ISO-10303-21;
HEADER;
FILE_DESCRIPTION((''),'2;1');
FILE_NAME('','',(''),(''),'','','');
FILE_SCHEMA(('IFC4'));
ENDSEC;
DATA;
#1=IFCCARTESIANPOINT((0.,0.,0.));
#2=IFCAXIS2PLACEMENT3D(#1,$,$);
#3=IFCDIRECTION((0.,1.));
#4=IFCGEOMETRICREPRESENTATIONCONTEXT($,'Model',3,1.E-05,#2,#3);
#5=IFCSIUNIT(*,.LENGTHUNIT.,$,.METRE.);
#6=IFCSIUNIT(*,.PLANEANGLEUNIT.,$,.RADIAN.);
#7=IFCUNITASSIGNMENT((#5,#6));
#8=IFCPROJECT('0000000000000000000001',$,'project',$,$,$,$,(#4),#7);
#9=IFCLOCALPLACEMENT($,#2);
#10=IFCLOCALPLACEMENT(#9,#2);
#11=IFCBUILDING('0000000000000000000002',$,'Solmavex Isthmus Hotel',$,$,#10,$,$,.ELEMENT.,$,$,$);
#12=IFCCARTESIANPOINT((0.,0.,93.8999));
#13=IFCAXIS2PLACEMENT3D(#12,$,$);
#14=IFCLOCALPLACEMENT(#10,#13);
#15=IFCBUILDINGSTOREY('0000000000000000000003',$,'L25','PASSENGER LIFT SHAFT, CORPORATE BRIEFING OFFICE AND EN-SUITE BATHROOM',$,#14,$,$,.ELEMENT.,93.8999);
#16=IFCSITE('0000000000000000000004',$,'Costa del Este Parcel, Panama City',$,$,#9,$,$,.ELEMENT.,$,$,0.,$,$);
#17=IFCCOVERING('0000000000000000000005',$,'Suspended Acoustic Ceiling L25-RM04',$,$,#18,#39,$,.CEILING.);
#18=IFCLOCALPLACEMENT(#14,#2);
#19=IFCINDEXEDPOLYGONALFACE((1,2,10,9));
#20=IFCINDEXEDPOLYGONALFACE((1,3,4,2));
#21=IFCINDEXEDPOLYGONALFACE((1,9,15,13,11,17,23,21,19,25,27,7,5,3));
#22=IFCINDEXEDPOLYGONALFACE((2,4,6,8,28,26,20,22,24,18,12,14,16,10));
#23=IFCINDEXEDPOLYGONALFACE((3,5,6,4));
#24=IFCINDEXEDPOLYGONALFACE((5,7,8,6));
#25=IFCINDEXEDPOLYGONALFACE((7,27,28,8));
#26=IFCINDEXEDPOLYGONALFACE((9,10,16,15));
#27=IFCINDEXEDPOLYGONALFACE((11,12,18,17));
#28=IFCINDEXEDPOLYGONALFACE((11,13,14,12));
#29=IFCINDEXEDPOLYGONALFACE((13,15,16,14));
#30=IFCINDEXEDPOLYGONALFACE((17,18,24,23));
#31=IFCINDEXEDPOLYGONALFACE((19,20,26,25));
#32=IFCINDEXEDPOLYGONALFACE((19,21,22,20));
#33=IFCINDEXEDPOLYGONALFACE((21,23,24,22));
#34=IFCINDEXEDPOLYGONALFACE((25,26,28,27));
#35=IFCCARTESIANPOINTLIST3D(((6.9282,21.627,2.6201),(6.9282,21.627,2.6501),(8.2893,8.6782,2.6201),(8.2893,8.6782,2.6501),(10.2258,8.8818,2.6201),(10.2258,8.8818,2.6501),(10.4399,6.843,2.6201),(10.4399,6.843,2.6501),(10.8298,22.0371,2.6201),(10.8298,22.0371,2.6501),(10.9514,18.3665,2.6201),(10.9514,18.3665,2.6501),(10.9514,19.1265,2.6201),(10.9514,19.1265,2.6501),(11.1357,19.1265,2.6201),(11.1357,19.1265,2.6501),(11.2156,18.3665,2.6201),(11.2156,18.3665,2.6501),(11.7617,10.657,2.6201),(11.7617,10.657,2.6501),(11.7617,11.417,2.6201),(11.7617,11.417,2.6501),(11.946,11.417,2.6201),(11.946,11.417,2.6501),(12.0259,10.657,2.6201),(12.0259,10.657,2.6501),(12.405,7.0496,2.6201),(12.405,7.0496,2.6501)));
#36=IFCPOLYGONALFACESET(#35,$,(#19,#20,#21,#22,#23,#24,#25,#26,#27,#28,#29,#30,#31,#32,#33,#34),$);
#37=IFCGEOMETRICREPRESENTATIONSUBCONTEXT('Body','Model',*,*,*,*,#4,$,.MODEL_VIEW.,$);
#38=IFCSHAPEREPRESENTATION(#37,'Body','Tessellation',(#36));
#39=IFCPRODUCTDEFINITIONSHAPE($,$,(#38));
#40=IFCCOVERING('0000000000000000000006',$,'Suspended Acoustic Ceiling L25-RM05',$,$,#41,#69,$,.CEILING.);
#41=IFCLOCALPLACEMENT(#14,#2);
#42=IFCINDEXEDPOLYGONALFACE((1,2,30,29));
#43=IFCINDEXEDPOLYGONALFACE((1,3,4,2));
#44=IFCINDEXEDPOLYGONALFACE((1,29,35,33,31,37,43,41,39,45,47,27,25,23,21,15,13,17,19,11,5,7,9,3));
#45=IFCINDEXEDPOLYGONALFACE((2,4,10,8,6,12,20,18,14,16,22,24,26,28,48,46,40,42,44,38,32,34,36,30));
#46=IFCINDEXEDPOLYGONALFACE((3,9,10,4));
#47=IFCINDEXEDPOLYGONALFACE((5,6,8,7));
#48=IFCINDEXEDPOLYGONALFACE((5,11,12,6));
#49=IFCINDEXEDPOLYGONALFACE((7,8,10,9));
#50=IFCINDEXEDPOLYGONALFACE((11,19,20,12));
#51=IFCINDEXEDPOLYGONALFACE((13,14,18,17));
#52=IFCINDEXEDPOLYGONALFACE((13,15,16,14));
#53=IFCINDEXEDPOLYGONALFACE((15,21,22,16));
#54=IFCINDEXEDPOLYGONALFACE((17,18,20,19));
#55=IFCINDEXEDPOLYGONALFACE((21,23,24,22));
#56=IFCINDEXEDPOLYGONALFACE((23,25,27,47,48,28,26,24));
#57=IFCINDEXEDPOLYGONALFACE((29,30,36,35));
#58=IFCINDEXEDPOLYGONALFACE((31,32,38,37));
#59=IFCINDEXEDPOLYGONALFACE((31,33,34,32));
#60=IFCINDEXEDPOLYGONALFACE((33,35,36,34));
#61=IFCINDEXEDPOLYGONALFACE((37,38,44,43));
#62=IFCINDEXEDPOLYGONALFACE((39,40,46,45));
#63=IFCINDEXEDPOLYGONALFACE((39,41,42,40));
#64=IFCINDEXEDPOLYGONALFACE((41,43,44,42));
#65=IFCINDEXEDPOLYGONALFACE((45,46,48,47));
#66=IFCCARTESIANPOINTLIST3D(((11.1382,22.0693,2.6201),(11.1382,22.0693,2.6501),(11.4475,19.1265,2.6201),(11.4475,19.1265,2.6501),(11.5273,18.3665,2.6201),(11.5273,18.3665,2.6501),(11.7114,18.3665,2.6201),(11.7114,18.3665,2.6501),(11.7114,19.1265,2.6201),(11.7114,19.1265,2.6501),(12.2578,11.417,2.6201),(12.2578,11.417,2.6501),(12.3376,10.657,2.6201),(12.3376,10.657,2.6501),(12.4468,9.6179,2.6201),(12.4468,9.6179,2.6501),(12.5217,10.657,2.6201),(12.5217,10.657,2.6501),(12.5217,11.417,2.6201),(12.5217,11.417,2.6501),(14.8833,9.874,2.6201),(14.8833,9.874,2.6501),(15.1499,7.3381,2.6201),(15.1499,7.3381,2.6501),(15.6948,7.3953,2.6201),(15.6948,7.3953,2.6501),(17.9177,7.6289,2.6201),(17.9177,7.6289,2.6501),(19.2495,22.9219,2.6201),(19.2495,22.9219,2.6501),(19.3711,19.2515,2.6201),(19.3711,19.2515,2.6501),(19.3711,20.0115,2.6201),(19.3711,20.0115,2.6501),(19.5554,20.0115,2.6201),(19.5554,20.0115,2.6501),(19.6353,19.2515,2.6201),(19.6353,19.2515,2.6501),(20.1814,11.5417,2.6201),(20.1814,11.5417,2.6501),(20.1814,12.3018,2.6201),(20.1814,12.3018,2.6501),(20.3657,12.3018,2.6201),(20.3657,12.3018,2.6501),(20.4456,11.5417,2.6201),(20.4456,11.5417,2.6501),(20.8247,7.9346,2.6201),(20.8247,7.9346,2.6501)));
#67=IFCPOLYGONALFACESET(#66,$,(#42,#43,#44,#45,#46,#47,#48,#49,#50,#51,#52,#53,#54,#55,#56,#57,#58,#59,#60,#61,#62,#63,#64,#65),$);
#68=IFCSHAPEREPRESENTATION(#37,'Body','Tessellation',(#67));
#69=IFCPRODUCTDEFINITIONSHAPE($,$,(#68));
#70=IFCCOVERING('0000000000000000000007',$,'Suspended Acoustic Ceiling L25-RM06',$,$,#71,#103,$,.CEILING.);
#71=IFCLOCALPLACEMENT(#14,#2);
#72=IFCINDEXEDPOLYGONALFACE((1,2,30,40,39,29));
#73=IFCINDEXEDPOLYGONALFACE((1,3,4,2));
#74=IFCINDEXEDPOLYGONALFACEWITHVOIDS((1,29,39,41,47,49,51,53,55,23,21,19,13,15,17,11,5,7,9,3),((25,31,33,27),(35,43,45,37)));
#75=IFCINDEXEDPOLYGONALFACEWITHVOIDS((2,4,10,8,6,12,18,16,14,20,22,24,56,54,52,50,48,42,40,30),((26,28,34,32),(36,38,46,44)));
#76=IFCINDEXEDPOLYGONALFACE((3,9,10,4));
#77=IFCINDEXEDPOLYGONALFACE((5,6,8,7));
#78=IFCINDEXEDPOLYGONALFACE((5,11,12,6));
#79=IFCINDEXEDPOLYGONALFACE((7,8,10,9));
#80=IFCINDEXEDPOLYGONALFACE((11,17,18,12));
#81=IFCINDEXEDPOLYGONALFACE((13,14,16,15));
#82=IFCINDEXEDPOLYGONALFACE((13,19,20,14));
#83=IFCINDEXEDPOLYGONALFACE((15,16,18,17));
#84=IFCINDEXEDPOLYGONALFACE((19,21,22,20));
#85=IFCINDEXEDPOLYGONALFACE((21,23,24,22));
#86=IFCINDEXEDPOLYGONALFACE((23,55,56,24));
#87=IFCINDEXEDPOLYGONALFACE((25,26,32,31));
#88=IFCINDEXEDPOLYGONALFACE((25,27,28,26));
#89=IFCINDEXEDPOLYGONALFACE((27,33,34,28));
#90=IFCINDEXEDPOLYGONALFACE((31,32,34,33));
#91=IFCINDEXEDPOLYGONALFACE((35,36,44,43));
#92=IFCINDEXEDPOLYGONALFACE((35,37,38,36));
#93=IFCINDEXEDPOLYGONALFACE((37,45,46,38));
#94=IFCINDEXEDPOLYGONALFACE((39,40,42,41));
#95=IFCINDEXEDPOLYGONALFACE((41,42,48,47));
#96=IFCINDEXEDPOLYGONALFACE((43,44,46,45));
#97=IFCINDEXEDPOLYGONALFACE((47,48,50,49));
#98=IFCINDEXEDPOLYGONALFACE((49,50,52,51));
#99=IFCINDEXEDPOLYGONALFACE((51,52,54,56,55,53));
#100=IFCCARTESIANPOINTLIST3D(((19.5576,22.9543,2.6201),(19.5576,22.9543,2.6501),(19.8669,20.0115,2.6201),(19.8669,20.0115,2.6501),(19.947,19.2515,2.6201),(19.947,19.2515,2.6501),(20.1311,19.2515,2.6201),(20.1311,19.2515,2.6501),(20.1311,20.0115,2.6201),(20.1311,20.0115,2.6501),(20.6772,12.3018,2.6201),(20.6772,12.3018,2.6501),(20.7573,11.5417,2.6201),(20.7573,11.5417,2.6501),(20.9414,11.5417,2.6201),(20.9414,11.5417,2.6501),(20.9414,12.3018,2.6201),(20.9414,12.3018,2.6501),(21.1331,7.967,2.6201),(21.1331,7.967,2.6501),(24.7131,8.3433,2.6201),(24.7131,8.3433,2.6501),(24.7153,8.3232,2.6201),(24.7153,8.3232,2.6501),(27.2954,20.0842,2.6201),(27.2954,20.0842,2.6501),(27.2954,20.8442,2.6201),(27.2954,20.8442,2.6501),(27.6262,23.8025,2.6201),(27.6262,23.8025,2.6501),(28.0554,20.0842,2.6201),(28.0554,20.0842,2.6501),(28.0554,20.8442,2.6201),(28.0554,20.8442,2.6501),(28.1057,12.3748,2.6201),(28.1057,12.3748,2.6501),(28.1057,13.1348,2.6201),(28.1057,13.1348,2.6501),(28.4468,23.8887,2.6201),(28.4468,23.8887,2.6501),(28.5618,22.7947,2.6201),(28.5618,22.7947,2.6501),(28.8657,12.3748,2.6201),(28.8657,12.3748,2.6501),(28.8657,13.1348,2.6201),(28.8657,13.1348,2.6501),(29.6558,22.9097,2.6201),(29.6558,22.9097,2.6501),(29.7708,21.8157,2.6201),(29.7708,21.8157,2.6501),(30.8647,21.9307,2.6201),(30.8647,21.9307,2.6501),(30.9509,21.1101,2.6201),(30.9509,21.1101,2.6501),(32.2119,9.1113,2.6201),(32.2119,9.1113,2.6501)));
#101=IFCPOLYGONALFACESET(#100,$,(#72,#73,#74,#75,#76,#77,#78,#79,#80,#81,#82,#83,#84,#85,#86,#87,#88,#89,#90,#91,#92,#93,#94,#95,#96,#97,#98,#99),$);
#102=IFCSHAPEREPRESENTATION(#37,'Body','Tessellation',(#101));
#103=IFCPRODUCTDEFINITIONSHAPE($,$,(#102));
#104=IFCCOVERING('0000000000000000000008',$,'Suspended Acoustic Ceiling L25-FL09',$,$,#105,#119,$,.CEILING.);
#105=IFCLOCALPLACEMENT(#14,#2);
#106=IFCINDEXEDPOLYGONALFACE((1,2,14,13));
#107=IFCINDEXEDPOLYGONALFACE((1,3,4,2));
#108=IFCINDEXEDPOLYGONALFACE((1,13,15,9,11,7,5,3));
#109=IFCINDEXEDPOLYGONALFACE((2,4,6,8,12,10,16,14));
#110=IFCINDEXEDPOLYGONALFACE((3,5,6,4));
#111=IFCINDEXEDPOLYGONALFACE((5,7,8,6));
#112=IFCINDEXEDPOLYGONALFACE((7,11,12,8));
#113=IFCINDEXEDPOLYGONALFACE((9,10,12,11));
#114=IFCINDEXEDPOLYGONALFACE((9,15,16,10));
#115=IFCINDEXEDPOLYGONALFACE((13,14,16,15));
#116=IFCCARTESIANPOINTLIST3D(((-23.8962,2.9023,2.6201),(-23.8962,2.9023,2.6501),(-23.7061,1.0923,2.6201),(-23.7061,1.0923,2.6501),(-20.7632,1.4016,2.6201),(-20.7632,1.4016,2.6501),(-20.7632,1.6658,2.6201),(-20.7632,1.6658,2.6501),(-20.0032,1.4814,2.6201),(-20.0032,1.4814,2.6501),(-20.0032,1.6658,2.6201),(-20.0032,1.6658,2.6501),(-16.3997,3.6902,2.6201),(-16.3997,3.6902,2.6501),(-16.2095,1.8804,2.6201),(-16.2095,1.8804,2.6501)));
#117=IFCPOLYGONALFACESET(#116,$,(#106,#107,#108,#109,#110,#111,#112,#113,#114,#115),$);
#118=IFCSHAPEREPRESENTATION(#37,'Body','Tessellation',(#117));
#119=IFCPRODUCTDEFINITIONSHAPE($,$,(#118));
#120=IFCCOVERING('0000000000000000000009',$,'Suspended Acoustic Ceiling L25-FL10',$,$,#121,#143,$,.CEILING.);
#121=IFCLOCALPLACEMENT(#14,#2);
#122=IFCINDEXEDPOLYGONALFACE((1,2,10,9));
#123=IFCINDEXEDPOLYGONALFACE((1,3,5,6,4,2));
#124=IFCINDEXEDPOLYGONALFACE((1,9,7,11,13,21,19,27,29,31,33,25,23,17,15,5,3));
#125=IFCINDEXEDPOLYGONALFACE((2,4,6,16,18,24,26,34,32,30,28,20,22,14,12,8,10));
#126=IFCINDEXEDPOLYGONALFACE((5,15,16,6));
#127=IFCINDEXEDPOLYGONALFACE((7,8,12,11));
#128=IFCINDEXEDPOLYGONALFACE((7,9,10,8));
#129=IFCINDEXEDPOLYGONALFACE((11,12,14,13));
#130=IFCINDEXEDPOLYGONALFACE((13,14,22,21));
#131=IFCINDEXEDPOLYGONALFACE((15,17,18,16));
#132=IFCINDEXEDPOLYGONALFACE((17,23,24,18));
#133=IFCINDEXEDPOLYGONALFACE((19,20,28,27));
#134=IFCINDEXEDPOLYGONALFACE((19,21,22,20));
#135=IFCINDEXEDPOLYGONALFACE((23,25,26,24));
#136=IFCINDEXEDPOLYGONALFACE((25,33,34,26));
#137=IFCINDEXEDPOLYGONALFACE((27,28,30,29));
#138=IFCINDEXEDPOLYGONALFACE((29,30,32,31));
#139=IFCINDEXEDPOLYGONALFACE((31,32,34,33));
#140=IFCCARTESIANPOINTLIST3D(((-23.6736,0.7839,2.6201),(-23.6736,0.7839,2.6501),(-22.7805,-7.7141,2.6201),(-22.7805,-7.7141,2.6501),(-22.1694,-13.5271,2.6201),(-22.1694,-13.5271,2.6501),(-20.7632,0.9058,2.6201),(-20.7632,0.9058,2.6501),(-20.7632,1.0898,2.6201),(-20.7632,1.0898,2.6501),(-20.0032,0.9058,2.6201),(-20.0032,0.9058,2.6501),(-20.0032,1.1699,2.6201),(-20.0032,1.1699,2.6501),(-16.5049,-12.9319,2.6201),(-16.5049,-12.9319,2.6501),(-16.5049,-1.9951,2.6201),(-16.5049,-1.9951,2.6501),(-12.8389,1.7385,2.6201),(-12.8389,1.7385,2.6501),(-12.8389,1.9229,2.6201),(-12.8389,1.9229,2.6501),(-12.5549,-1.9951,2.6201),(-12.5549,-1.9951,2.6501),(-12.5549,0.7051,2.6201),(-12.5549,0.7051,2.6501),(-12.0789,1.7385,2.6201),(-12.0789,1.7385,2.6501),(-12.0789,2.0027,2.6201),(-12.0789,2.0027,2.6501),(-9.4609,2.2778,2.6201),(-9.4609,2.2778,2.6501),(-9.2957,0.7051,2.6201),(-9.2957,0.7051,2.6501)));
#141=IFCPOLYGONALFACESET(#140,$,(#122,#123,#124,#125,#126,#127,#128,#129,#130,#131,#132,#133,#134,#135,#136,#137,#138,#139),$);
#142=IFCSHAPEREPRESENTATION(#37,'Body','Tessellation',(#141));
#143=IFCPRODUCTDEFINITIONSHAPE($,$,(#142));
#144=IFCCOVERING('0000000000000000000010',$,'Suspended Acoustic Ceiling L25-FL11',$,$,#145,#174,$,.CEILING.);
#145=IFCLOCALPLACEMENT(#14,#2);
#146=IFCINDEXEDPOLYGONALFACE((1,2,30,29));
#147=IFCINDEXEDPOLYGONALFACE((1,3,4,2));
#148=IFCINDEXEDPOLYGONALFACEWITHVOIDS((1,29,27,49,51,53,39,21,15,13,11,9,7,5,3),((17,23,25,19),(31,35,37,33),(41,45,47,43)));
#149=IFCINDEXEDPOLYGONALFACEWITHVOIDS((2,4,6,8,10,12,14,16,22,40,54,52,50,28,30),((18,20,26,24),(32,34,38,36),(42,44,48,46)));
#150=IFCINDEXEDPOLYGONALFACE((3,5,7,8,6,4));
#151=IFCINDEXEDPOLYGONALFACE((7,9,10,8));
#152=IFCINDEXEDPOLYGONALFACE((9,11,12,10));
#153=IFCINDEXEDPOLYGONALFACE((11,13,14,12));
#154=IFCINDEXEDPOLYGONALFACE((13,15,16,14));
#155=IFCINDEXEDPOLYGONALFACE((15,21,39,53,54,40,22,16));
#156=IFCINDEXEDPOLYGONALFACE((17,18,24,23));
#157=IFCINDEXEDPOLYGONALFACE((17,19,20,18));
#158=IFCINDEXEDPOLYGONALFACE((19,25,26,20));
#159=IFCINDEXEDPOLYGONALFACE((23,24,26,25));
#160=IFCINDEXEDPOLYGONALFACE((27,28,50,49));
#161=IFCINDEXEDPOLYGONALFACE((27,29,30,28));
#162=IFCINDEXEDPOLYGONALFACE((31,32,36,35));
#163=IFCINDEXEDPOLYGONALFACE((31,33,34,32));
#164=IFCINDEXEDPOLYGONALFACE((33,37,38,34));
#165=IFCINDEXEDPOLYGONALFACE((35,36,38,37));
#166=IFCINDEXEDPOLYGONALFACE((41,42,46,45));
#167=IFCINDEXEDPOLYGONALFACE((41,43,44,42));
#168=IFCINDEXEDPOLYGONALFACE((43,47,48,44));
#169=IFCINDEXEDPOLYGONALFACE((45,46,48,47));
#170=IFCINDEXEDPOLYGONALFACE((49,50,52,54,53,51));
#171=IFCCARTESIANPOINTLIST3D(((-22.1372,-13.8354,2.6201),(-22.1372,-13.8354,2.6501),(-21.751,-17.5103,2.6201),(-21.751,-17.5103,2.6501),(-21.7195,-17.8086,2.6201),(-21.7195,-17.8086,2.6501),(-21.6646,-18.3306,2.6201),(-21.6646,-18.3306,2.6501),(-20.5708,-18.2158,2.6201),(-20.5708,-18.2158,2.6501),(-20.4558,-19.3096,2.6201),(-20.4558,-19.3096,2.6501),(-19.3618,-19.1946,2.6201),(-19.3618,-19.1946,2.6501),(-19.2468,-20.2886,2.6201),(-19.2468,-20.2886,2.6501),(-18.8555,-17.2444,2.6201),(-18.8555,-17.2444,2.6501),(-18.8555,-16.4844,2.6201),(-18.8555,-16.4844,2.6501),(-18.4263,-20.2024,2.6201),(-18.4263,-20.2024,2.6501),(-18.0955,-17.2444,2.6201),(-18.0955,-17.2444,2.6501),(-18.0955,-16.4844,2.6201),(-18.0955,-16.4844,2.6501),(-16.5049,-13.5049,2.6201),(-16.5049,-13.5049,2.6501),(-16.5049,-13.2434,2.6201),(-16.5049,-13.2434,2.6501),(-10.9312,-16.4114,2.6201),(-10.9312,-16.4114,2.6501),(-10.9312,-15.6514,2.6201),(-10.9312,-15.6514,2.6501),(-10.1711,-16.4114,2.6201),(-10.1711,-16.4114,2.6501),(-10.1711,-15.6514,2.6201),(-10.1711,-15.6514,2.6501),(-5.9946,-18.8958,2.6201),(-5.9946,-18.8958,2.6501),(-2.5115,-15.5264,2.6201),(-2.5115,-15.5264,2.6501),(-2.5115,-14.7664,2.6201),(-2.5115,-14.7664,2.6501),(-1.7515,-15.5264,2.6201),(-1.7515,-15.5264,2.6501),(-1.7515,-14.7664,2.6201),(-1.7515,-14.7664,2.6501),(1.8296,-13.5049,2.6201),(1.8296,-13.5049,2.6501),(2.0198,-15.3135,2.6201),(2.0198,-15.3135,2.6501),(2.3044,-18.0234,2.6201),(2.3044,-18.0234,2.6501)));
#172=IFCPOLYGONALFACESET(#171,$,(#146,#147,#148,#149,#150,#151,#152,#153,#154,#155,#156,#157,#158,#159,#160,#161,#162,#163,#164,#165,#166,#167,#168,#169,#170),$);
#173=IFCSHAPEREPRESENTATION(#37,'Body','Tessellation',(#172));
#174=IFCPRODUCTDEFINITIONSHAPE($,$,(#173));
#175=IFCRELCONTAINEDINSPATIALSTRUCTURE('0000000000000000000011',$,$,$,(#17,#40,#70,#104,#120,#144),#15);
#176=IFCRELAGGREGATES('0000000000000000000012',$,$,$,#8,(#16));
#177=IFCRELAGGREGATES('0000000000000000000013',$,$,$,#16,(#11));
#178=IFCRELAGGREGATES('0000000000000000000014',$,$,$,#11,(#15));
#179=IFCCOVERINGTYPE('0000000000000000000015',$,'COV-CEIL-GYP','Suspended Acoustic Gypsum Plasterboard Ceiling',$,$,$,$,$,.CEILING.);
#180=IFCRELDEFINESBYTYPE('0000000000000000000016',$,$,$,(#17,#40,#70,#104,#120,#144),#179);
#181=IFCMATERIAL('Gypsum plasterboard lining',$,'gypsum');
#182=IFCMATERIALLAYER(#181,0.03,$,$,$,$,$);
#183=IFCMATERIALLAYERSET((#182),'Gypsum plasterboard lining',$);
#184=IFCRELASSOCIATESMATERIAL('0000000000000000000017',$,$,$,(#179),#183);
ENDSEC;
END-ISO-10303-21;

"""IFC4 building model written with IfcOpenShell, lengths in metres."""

from ifc_helpers import new_model, si_unit, direction, frame, origin, place, context, subcontext, project, spatial, polyline, outline, extrude, material, layer, layer_set, type_object, element, save


model = new_model("IFC4")

# Units and contexts
model_context = context("Model", 3, precision=1e-05, world=origin(), true_north=direction((0.0, 1.0)))
body_context = subcontext(model_context, "Body", "Model", "MODEL_VIEW")
ifc_project = project(units=[si_unit("LENGTHUNIT", "METRE"), si_unit("PLANEANGLEUNIT", "RADIAN")], contexts=[model_context])

# Site, building, storey
site_placement = place(None, origin())
site = spatial("IfcSite", under=ifc_project, at=site_placement, Name="Costa del Este Parcel, Panama City", CompositionType="ELEMENT", RefElevation=0.0)
building_placement = place(site_placement, origin())
building = spatial("IfcBuilding", under=site, at=building_placement, Name="Solmavex Isthmus Hotel", CompositionType="ELEMENT")
storey_placement = place(building_placement, frame((0.0, 0.0, 93.8999)))
storey = spatial("IfcBuildingStorey", under=building, at=storey_placement, Name="L25", Description="PASSENGER LIFT SHAFT, CORPORATE BRIEFING OFFICE AND EN-SUITE BATHROOM", CompositionType="ELEMENT", Elevation=93.8999)

# Coverings
ifc_material_1 = material(Name="Gypsum plasterboard lining", Category="gypsum")
ifc_layer_1 = layer(ifc_material_1, 0.03)
ifc_layer_set_1 = layer_set([ifc_layer_1], Name="Gypsum plasterboard lining")
covering_type_1 = type_object("IfcCoveringType", Name="COV-CEIL-GYP", Description="Suspended Acoustic Gypsum Plasterboard Ceiling", PredefinedType="CEILING", material=ifc_layer_set_1)
covering_1_placement = place(storey_placement, frame((0.0, 0.0, 2.6201)))
element("IfcCovering", 1, at=covering_1_placement, inside=storey, type_object=covering_type_1, Name="Suspended Acoustic Ceiling L25-RM04", PredefinedType="CEILING", context=body_context, shape_type="SweptSolid", body=[
    extrude(outline(polyline([(11.2156, 18.3665), (10.9514, 18.3665), (10.9514, 19.1265), (11.1357, 19.1265), (10.8298, 22.0371), (6.9282, 21.627), (8.2893, 8.6782), (10.2258, 8.8818), (10.4399, 6.843), (12.405, 7.0496), (12.0259, 10.657), (11.7617, 10.657), (11.7617, 11.417), (11.946, 11.417), (11.2156, 18.3665)])), origin(), (0.0, 0.0, 1.0), 0.03),
])
covering_2_placement = place(storey_placement, frame((0.0, 0.0, 2.6201)))
element("IfcCovering", 2, at=covering_2_placement, inside=storey, type_object=covering_type_1, Name="Suspended Acoustic Ceiling L25-RM05", PredefinedType="CEILING", context=body_context, shape_type="SweptSolid", body=[
    extrude(outline(polyline([(12.2578, 11.417), (12.5217, 11.417), (12.5217, 10.657), (12.3376, 10.657), (12.4468, 9.6179), (14.8833, 9.874), (15.1499, 7.3381), (15.6948, 7.3953), (17.9177, 7.6289), (20.8247, 7.9346), (20.4456, 11.5417), (20.1814, 11.5417), (20.1814, 12.3018), (20.3657, 12.3018), (19.6353, 19.2515), (19.3711, 19.2515), (19.3711, 20.0115), (19.5554, 20.0115), (19.2495, 22.9219), (11.1382, 22.0693), (11.4475, 19.1265), (11.7114, 19.1265), (11.7114, 18.3665), (11.5273, 18.3665), (12.2578, 11.417)])), origin(), (0.0, 0.0, 1.0), 0.03),
])
covering_3_placement = place(storey_placement, frame((0.0, 0.0, 2.6201)))
element("IfcCovering", 3, at=covering_3_placement, inside=storey, type_object=covering_type_1, Name="Suspended Acoustic Ceiling L25-RM06", PredefinedType="CEILING", context=body_context, shape_type="SweptSolid", body=[
    extrude(outline(polyline([(20.6772, 12.3018), (20.9414, 12.3018), (20.9414, 11.5417), (20.7573, 11.5417), (21.1331, 7.967), (24.7131, 8.3433), (24.7153, 8.3232), (32.2119, 9.1113), (30.9509, 21.1101), (30.8647, 21.9307), (29.7708, 21.8157), (29.6558, 22.9097), (28.5618, 22.7947), (28.4468, 23.8887), (27.6262, 23.8025), (19.5576, 22.9543), (19.8669, 20.0115), (20.1311, 20.0115), (20.1311, 19.2515), (19.947, 19.2515), (20.6772, 12.3018)]), holes=[polyline([(28.1057, 12.3748), (28.1057, 13.1348), (28.8657, 13.1348), (28.8657, 12.3748), (28.1057, 12.3748)]), polyline([(27.2954, 20.8442), (28.0554, 20.8442), (28.0554, 20.0842), (27.2954, 20.0842), (27.2954, 20.8442)])]), origin(), (0.0, 0.0, 1.0), 0.03),
])
covering_4_placement = place(storey_placement, frame((0.0, 0.0, 2.6201)))
element("IfcCovering", 4, at=covering_4_placement, inside=storey, type_object=covering_type_1, Name="Suspended Acoustic Ceiling L25-FL09", PredefinedType="CEILING", context=body_context, shape_type="SweptSolid", body=[
    extrude(outline(polyline([(-16.2095, 1.8804), (-16.3997, 3.6902), (-23.8962, 2.9023), (-23.7061, 1.0923), (-20.7632, 1.4016), (-20.7632, 1.6658), (-20.0032, 1.6658), (-20.0032, 1.4814), (-16.2095, 1.8804)])), origin(), (0.0, 0.0, 1.0), 0.03),
])
covering_5_placement = place(storey_placement, frame((0.0, 0.0, 2.6201)))
element("IfcCovering", 5, at=covering_5_placement, inside=storey, type_object=covering_type_1, Name="Suspended Acoustic Ceiling L25-FL10", PredefinedType="CEILING", context=body_context, shape_type="SweptSolid", body=[
    extrude(outline(polyline([(-20.0032, 1.1699), (-20.0032, 0.9058), (-20.7632, 0.9058), (-20.7632, 1.0898), (-23.6736, 0.7839), (-22.7805, -7.7141), (-22.1694, -13.5271), (-16.5049, -12.9319), (-16.5049, -1.9951), (-12.5549, -1.9951), (-12.5549, 0.7051), (-9.2957, 0.7051), (-9.4609, 2.2778), (-12.0789, 2.0027), (-12.0789, 1.7385), (-12.8389, 1.7385), (-12.8389, 1.9229), (-20.0032, 1.1699)])), origin(), (0.0, 0.0, 1.0), 0.03),
])
covering_6_placement = place(storey_placement, frame((0.0, 0.0, 2.6201)))
element("IfcCovering", 6, at=covering_6_placement, inside=storey, type_object=covering_type_1, Name="Suspended Acoustic Ceiling L25-FL11", PredefinedType="CEILING", context=body_context, shape_type="SweptSolid", body=[
    extrude(outline(polyline([(-18.4263, -20.2024), (-5.9946, -18.8958), (2.3044, -18.0234), (2.0198, -15.3135), (1.8296, -13.5049), (-16.5049, -13.5049), (-16.5049, -13.2434), (-22.1372, -13.8354), (-21.751, -17.5103), (-21.7195, -17.8086), (-21.6646, -18.3306), (-20.5708, -18.2158), (-20.4558, -19.3096), (-19.3618, -19.1946), (-19.2468, -20.2886), (-18.4263, -20.2024)]), holes=[polyline([(-2.5115, -15.5264), (-2.5115, -14.7664), (-1.7515, -14.7664), (-1.7515, -15.5264), (-2.5115, -15.5264)]), polyline([(-10.9312, -16.4114), (-10.9312, -15.6514), (-10.1711, -15.6514), (-10.1711, -16.4114), (-10.9312, -16.4114)]), polyline([(-18.8555, -17.2444), (-18.8555, -16.4844), (-18.0955, -16.4844), (-18.0955, -17.2444), (-18.8555, -17.2444)])]), origin(), (0.0, 0.0, 1.0), 0.03),
])

save(model, "model.ifc")
